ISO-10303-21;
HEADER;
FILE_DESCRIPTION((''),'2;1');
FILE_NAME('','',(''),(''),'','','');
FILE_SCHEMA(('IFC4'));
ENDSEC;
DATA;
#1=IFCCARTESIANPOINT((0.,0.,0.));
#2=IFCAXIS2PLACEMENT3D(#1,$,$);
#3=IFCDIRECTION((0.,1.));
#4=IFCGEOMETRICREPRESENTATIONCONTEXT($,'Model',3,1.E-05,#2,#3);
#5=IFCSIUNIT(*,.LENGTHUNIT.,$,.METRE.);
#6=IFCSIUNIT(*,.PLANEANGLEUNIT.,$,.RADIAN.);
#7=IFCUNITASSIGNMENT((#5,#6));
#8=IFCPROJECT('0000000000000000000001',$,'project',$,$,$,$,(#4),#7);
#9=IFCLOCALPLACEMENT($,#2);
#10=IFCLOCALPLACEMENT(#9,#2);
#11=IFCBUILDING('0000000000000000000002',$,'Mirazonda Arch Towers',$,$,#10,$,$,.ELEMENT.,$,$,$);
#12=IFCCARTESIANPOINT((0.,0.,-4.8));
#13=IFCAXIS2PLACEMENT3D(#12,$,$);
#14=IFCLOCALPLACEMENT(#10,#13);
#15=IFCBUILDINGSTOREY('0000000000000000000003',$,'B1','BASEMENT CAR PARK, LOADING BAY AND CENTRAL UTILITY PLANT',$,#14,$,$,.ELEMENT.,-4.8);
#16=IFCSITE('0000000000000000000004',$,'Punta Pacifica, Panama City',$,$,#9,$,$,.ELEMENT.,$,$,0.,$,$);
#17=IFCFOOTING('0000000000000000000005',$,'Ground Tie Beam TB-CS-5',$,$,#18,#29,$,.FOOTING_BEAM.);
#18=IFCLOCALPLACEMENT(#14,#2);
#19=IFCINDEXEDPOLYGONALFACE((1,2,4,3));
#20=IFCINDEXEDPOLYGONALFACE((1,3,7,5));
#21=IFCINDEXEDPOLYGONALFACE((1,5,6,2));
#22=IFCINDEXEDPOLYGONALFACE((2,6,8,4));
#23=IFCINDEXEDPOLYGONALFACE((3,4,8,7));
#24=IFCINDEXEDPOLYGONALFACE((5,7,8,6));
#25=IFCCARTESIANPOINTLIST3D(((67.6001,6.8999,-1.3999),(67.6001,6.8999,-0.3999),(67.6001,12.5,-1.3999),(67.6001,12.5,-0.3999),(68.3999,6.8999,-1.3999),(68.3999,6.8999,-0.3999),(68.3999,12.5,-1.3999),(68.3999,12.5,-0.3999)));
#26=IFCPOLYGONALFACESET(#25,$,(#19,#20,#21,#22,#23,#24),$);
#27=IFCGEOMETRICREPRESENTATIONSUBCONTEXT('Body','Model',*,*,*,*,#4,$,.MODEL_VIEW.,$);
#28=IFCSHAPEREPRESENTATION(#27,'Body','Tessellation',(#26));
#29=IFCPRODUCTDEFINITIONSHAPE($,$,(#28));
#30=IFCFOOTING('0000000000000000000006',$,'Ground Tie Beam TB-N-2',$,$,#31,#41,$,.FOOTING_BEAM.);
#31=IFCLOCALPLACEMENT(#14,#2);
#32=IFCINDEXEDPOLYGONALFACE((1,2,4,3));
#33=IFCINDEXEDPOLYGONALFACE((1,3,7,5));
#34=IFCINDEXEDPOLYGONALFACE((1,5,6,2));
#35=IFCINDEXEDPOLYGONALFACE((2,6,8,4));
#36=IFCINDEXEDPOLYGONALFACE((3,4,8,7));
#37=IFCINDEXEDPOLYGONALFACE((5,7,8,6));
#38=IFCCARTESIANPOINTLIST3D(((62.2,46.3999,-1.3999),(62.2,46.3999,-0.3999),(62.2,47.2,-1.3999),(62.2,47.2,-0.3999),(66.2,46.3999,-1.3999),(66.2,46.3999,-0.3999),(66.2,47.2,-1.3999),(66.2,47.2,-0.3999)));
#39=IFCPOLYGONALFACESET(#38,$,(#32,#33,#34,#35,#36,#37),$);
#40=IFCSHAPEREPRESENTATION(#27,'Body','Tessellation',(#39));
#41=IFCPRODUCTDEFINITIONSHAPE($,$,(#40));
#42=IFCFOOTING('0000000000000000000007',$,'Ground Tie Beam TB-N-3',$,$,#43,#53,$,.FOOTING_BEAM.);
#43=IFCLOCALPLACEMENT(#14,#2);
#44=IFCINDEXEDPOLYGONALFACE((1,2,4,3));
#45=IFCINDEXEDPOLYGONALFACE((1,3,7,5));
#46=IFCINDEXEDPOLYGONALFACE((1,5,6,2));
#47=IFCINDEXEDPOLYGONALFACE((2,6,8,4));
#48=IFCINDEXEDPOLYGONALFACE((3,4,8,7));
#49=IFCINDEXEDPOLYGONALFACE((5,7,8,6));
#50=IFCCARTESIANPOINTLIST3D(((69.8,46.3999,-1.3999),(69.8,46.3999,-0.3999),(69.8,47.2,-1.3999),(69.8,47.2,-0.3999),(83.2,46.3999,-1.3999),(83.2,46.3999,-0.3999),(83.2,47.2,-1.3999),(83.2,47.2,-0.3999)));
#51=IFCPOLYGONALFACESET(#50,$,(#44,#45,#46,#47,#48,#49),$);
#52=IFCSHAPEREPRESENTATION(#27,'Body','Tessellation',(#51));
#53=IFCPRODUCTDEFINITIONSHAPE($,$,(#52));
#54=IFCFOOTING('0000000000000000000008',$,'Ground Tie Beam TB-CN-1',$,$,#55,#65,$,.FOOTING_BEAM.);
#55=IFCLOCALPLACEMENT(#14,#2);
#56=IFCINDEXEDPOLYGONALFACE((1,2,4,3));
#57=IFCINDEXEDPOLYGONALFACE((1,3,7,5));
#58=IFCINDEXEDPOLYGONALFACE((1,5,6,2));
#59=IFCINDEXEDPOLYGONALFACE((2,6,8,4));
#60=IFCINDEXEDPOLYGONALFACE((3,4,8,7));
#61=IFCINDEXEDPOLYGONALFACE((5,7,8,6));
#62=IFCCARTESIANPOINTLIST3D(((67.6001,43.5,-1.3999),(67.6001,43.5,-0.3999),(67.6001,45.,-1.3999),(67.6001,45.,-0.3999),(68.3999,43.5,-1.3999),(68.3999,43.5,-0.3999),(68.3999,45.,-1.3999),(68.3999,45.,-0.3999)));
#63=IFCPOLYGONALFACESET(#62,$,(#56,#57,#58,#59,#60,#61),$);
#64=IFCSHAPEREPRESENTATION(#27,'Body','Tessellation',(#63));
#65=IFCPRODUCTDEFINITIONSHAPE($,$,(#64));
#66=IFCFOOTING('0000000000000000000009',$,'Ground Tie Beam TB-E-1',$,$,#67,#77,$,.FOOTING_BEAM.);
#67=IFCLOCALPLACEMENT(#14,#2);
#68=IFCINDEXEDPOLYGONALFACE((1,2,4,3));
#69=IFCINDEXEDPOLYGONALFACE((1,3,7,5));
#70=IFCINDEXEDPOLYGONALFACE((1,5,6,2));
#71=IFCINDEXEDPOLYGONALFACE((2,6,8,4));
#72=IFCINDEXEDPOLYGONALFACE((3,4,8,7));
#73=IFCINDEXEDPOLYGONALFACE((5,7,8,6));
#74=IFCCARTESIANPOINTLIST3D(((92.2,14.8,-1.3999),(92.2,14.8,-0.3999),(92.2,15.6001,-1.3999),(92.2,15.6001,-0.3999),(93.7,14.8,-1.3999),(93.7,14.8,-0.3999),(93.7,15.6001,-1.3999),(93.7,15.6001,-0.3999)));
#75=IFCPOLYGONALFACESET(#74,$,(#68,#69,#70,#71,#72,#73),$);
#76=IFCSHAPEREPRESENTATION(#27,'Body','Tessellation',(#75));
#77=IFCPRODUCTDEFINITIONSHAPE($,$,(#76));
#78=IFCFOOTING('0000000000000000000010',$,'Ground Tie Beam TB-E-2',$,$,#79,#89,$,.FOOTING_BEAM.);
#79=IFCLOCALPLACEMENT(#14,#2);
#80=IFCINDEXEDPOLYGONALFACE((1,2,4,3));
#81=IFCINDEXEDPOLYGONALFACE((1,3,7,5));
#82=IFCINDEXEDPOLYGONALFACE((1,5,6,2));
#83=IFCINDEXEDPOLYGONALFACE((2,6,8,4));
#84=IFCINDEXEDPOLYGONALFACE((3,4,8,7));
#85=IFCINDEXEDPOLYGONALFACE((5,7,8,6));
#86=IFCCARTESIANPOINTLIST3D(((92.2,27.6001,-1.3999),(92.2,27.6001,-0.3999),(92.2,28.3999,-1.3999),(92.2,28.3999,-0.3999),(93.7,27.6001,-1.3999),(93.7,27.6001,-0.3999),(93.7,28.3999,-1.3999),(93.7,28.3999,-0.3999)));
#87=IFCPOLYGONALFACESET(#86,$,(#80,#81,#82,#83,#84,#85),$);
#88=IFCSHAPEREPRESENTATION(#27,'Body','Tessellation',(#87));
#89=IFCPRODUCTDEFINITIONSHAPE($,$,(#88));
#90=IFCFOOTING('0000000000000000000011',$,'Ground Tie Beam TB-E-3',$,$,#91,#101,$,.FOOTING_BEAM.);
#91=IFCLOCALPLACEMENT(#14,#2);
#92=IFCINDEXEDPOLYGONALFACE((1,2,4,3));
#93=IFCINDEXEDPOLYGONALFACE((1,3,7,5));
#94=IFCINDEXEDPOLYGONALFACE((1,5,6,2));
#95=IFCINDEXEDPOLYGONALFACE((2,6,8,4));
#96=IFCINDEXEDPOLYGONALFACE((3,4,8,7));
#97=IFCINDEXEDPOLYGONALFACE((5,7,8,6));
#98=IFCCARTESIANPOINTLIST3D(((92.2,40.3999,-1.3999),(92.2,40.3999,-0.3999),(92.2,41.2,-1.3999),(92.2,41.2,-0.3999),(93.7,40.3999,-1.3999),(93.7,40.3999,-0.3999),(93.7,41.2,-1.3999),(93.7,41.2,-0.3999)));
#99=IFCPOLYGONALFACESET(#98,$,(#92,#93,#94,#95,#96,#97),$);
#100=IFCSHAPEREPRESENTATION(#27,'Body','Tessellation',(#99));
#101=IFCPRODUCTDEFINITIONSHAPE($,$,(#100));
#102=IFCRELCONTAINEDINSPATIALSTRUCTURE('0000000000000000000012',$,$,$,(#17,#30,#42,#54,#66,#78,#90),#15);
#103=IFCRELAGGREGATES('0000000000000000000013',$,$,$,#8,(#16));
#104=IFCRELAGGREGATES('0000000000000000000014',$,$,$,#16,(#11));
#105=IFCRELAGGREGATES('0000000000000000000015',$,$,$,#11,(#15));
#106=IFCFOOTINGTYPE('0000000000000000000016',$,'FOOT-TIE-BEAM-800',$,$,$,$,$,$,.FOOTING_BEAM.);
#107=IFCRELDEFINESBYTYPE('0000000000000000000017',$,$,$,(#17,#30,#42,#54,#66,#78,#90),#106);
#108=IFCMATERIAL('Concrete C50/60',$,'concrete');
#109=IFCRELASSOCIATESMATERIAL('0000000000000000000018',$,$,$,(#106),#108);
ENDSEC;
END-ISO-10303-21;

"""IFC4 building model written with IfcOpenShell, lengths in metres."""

from ifc_helpers import new_model, si_unit, direction, frame, origin, place, context, subcontext, project, spatial, polyline, outline, extrude, material, type_object, element, save


model = new_model("IFC4")

# Units and contexts
model_context = context("Model", 3, precision=1e-05, world=origin(), true_north=direction((0.0, 1.0)))
body_context = subcontext(model_context, "Body", "Model", "MODEL_VIEW")
ifc_project = project(units=[si_unit("LENGTHUNIT", "METRE"), si_unit("PLANEANGLEUNIT", "RADIAN")], contexts=[model_context])

# Site, building, storey
site_placement = place(None, origin())
site = spatial("IfcSite", under=ifc_project, at=site_placement, Name="Punta Pacifica, Panama City", CompositionType="ELEMENT", RefElevation=0.0)
building_placement = place(site_placement, origin())
building = spatial("IfcBuilding", under=site, at=building_placement, Name="Mirazonda Arch Towers", CompositionType="ELEMENT")
storey_placement = place(building_placement, frame((0.0, 0.0, -4.8)))
storey = spatial("IfcBuildingStorey", under=building, at=storey_placement, Name="B1", Description="BASEMENT CAR PARK, LOADING BAY AND CENTRAL UTILITY PLANT", CompositionType="ELEMENT", Elevation=-4.8)

# Footings
ifc_material = material(Name="Concrete C50/60", Category="concrete")
footing_type_1 = type_object("IfcFootingType", Name="FOOT-TIE-BEAM-800", PredefinedType="FOOTING_BEAM", material=ifc_material)
footing_1_placement = place(storey_placement, frame((0.0, 0.0, -1.3999)))
element("IfcFooting", 1, at=footing_1_placement, inside=storey, type_object=footing_type_1, Name="Ground Tie Beam TB-CS-5", PredefinedType="FOOTING_BEAM", context=body_context, shape_type="SweptSolid", body=[
    extrude(outline(polyline([(67.6001, 6.8999), (68.3999, 6.8999), (68.3999, 12.5), (67.6001, 12.5), (67.6001, 6.8999)])), origin(), (0.0, 0.0, 1.0), 1.0),
])
footing_2_placement = place(storey_placement, frame((0.0, 0.0, -1.3999)))
element("IfcFooting", 2, at=footing_2_placement, inside=storey, type_object=footing_type_1, Name="Ground Tie Beam TB-N-2", PredefinedType="FOOTING_BEAM", context=body_context, shape_type="SweptSolid", body=[
    extrude(outline(polyline([(62.2, 46.3999), (66.2, 46.3999), (66.2, 47.2), (62.2, 47.2), (62.2, 46.3999)])), origin(), (0.0, 0.0, 1.0), 1.0),
])
footing_3_placement = place(storey_placement, frame((0.0, 0.0, -1.3999)))
element("IfcFooting", 3, at=footing_3_placement, inside=storey, type_object=footing_type_1, Name="Ground Tie Beam TB-N-3", PredefinedType="FOOTING_BEAM", context=body_context, shape_type="SweptSolid", body=[
    extrude(outline(polyline([(69.8, 46.3999), (83.2, 46.3999), (83.2, 47.2), (69.8, 47.2), (69.8, 46.3999)])), origin(), (0.0, 0.0, 1.0), 1.0),
])
footing_4_placement = place(storey_placement, frame((0.0, 0.0, -1.3999)))
element("IfcFooting", 4, at=footing_4_placement, inside=storey, type_object=footing_type_1, Name="Ground Tie Beam TB-CN-1", PredefinedType="FOOTING_BEAM", context=body_context, shape_type="SweptSolid", body=[
    extrude(outline(polyline([(67.6001, 43.5), (68.3999, 43.5), (68.3999, 45.0), (67.6001, 45.0), (67.6001, 43.5)])), origin(), (0.0, 0.0, 1.0), 1.0),
])
footing_5_placement = place(storey_placement, frame((0.0, 0.0, -1.3999)))
element("IfcFooting", 5, at=footing_5_placement, inside=storey, type_object=footing_type_1, Name="Ground Tie Beam TB-E-1", PredefinedType="FOOTING_BEAM", context=body_context, shape_type="SweptSolid", body=[
    extrude(outline(polyline([(92.2, 14.8), (93.7, 14.8), (93.7, 15.6001), (92.2, 15.6001), (92.2, 14.8)])), origin(), (0.0, 0.0, 1.0), 1.0),
])
footing_6_placement = place(storey_placement, frame((0.0, 0.0, -1.3999)))
element("IfcFooting", 6, at=footing_6_placement, inside=storey, type_object=footing_type_1, Name="Ground Tie Beam TB-E-2", PredefinedType="FOOTING_BEAM", context=body_context, shape_type="SweptSolid", body=[
    extrude(outline(polyline([(92.2, 27.6001), (93.7, 27.6001), (93.7, 28.3999), (92.2, 28.3999), (92.2, 27.6001)])), origin(), (0.0, 0.0, 1.0), 1.0),
])
footing_7_placement = place(storey_placement, frame((0.0, 0.0, -1.3999)))
element("IfcFooting", 7, at=footing_7_placement, inside=storey, type_object=footing_type_1, Name="Ground Tie Beam TB-E-3", PredefinedType="FOOTING_BEAM", context=body_context, shape_type="SweptSolid", body=[
    extrude(outline(polyline([(92.2, 40.3999), (93.7, 40.3999), (93.7, 41.2), (92.2, 41.2), (92.2, 40.3999)])), origin(), (0.0, 0.0, 1.0), 1.0),
])

save(model, "model.ifc")
